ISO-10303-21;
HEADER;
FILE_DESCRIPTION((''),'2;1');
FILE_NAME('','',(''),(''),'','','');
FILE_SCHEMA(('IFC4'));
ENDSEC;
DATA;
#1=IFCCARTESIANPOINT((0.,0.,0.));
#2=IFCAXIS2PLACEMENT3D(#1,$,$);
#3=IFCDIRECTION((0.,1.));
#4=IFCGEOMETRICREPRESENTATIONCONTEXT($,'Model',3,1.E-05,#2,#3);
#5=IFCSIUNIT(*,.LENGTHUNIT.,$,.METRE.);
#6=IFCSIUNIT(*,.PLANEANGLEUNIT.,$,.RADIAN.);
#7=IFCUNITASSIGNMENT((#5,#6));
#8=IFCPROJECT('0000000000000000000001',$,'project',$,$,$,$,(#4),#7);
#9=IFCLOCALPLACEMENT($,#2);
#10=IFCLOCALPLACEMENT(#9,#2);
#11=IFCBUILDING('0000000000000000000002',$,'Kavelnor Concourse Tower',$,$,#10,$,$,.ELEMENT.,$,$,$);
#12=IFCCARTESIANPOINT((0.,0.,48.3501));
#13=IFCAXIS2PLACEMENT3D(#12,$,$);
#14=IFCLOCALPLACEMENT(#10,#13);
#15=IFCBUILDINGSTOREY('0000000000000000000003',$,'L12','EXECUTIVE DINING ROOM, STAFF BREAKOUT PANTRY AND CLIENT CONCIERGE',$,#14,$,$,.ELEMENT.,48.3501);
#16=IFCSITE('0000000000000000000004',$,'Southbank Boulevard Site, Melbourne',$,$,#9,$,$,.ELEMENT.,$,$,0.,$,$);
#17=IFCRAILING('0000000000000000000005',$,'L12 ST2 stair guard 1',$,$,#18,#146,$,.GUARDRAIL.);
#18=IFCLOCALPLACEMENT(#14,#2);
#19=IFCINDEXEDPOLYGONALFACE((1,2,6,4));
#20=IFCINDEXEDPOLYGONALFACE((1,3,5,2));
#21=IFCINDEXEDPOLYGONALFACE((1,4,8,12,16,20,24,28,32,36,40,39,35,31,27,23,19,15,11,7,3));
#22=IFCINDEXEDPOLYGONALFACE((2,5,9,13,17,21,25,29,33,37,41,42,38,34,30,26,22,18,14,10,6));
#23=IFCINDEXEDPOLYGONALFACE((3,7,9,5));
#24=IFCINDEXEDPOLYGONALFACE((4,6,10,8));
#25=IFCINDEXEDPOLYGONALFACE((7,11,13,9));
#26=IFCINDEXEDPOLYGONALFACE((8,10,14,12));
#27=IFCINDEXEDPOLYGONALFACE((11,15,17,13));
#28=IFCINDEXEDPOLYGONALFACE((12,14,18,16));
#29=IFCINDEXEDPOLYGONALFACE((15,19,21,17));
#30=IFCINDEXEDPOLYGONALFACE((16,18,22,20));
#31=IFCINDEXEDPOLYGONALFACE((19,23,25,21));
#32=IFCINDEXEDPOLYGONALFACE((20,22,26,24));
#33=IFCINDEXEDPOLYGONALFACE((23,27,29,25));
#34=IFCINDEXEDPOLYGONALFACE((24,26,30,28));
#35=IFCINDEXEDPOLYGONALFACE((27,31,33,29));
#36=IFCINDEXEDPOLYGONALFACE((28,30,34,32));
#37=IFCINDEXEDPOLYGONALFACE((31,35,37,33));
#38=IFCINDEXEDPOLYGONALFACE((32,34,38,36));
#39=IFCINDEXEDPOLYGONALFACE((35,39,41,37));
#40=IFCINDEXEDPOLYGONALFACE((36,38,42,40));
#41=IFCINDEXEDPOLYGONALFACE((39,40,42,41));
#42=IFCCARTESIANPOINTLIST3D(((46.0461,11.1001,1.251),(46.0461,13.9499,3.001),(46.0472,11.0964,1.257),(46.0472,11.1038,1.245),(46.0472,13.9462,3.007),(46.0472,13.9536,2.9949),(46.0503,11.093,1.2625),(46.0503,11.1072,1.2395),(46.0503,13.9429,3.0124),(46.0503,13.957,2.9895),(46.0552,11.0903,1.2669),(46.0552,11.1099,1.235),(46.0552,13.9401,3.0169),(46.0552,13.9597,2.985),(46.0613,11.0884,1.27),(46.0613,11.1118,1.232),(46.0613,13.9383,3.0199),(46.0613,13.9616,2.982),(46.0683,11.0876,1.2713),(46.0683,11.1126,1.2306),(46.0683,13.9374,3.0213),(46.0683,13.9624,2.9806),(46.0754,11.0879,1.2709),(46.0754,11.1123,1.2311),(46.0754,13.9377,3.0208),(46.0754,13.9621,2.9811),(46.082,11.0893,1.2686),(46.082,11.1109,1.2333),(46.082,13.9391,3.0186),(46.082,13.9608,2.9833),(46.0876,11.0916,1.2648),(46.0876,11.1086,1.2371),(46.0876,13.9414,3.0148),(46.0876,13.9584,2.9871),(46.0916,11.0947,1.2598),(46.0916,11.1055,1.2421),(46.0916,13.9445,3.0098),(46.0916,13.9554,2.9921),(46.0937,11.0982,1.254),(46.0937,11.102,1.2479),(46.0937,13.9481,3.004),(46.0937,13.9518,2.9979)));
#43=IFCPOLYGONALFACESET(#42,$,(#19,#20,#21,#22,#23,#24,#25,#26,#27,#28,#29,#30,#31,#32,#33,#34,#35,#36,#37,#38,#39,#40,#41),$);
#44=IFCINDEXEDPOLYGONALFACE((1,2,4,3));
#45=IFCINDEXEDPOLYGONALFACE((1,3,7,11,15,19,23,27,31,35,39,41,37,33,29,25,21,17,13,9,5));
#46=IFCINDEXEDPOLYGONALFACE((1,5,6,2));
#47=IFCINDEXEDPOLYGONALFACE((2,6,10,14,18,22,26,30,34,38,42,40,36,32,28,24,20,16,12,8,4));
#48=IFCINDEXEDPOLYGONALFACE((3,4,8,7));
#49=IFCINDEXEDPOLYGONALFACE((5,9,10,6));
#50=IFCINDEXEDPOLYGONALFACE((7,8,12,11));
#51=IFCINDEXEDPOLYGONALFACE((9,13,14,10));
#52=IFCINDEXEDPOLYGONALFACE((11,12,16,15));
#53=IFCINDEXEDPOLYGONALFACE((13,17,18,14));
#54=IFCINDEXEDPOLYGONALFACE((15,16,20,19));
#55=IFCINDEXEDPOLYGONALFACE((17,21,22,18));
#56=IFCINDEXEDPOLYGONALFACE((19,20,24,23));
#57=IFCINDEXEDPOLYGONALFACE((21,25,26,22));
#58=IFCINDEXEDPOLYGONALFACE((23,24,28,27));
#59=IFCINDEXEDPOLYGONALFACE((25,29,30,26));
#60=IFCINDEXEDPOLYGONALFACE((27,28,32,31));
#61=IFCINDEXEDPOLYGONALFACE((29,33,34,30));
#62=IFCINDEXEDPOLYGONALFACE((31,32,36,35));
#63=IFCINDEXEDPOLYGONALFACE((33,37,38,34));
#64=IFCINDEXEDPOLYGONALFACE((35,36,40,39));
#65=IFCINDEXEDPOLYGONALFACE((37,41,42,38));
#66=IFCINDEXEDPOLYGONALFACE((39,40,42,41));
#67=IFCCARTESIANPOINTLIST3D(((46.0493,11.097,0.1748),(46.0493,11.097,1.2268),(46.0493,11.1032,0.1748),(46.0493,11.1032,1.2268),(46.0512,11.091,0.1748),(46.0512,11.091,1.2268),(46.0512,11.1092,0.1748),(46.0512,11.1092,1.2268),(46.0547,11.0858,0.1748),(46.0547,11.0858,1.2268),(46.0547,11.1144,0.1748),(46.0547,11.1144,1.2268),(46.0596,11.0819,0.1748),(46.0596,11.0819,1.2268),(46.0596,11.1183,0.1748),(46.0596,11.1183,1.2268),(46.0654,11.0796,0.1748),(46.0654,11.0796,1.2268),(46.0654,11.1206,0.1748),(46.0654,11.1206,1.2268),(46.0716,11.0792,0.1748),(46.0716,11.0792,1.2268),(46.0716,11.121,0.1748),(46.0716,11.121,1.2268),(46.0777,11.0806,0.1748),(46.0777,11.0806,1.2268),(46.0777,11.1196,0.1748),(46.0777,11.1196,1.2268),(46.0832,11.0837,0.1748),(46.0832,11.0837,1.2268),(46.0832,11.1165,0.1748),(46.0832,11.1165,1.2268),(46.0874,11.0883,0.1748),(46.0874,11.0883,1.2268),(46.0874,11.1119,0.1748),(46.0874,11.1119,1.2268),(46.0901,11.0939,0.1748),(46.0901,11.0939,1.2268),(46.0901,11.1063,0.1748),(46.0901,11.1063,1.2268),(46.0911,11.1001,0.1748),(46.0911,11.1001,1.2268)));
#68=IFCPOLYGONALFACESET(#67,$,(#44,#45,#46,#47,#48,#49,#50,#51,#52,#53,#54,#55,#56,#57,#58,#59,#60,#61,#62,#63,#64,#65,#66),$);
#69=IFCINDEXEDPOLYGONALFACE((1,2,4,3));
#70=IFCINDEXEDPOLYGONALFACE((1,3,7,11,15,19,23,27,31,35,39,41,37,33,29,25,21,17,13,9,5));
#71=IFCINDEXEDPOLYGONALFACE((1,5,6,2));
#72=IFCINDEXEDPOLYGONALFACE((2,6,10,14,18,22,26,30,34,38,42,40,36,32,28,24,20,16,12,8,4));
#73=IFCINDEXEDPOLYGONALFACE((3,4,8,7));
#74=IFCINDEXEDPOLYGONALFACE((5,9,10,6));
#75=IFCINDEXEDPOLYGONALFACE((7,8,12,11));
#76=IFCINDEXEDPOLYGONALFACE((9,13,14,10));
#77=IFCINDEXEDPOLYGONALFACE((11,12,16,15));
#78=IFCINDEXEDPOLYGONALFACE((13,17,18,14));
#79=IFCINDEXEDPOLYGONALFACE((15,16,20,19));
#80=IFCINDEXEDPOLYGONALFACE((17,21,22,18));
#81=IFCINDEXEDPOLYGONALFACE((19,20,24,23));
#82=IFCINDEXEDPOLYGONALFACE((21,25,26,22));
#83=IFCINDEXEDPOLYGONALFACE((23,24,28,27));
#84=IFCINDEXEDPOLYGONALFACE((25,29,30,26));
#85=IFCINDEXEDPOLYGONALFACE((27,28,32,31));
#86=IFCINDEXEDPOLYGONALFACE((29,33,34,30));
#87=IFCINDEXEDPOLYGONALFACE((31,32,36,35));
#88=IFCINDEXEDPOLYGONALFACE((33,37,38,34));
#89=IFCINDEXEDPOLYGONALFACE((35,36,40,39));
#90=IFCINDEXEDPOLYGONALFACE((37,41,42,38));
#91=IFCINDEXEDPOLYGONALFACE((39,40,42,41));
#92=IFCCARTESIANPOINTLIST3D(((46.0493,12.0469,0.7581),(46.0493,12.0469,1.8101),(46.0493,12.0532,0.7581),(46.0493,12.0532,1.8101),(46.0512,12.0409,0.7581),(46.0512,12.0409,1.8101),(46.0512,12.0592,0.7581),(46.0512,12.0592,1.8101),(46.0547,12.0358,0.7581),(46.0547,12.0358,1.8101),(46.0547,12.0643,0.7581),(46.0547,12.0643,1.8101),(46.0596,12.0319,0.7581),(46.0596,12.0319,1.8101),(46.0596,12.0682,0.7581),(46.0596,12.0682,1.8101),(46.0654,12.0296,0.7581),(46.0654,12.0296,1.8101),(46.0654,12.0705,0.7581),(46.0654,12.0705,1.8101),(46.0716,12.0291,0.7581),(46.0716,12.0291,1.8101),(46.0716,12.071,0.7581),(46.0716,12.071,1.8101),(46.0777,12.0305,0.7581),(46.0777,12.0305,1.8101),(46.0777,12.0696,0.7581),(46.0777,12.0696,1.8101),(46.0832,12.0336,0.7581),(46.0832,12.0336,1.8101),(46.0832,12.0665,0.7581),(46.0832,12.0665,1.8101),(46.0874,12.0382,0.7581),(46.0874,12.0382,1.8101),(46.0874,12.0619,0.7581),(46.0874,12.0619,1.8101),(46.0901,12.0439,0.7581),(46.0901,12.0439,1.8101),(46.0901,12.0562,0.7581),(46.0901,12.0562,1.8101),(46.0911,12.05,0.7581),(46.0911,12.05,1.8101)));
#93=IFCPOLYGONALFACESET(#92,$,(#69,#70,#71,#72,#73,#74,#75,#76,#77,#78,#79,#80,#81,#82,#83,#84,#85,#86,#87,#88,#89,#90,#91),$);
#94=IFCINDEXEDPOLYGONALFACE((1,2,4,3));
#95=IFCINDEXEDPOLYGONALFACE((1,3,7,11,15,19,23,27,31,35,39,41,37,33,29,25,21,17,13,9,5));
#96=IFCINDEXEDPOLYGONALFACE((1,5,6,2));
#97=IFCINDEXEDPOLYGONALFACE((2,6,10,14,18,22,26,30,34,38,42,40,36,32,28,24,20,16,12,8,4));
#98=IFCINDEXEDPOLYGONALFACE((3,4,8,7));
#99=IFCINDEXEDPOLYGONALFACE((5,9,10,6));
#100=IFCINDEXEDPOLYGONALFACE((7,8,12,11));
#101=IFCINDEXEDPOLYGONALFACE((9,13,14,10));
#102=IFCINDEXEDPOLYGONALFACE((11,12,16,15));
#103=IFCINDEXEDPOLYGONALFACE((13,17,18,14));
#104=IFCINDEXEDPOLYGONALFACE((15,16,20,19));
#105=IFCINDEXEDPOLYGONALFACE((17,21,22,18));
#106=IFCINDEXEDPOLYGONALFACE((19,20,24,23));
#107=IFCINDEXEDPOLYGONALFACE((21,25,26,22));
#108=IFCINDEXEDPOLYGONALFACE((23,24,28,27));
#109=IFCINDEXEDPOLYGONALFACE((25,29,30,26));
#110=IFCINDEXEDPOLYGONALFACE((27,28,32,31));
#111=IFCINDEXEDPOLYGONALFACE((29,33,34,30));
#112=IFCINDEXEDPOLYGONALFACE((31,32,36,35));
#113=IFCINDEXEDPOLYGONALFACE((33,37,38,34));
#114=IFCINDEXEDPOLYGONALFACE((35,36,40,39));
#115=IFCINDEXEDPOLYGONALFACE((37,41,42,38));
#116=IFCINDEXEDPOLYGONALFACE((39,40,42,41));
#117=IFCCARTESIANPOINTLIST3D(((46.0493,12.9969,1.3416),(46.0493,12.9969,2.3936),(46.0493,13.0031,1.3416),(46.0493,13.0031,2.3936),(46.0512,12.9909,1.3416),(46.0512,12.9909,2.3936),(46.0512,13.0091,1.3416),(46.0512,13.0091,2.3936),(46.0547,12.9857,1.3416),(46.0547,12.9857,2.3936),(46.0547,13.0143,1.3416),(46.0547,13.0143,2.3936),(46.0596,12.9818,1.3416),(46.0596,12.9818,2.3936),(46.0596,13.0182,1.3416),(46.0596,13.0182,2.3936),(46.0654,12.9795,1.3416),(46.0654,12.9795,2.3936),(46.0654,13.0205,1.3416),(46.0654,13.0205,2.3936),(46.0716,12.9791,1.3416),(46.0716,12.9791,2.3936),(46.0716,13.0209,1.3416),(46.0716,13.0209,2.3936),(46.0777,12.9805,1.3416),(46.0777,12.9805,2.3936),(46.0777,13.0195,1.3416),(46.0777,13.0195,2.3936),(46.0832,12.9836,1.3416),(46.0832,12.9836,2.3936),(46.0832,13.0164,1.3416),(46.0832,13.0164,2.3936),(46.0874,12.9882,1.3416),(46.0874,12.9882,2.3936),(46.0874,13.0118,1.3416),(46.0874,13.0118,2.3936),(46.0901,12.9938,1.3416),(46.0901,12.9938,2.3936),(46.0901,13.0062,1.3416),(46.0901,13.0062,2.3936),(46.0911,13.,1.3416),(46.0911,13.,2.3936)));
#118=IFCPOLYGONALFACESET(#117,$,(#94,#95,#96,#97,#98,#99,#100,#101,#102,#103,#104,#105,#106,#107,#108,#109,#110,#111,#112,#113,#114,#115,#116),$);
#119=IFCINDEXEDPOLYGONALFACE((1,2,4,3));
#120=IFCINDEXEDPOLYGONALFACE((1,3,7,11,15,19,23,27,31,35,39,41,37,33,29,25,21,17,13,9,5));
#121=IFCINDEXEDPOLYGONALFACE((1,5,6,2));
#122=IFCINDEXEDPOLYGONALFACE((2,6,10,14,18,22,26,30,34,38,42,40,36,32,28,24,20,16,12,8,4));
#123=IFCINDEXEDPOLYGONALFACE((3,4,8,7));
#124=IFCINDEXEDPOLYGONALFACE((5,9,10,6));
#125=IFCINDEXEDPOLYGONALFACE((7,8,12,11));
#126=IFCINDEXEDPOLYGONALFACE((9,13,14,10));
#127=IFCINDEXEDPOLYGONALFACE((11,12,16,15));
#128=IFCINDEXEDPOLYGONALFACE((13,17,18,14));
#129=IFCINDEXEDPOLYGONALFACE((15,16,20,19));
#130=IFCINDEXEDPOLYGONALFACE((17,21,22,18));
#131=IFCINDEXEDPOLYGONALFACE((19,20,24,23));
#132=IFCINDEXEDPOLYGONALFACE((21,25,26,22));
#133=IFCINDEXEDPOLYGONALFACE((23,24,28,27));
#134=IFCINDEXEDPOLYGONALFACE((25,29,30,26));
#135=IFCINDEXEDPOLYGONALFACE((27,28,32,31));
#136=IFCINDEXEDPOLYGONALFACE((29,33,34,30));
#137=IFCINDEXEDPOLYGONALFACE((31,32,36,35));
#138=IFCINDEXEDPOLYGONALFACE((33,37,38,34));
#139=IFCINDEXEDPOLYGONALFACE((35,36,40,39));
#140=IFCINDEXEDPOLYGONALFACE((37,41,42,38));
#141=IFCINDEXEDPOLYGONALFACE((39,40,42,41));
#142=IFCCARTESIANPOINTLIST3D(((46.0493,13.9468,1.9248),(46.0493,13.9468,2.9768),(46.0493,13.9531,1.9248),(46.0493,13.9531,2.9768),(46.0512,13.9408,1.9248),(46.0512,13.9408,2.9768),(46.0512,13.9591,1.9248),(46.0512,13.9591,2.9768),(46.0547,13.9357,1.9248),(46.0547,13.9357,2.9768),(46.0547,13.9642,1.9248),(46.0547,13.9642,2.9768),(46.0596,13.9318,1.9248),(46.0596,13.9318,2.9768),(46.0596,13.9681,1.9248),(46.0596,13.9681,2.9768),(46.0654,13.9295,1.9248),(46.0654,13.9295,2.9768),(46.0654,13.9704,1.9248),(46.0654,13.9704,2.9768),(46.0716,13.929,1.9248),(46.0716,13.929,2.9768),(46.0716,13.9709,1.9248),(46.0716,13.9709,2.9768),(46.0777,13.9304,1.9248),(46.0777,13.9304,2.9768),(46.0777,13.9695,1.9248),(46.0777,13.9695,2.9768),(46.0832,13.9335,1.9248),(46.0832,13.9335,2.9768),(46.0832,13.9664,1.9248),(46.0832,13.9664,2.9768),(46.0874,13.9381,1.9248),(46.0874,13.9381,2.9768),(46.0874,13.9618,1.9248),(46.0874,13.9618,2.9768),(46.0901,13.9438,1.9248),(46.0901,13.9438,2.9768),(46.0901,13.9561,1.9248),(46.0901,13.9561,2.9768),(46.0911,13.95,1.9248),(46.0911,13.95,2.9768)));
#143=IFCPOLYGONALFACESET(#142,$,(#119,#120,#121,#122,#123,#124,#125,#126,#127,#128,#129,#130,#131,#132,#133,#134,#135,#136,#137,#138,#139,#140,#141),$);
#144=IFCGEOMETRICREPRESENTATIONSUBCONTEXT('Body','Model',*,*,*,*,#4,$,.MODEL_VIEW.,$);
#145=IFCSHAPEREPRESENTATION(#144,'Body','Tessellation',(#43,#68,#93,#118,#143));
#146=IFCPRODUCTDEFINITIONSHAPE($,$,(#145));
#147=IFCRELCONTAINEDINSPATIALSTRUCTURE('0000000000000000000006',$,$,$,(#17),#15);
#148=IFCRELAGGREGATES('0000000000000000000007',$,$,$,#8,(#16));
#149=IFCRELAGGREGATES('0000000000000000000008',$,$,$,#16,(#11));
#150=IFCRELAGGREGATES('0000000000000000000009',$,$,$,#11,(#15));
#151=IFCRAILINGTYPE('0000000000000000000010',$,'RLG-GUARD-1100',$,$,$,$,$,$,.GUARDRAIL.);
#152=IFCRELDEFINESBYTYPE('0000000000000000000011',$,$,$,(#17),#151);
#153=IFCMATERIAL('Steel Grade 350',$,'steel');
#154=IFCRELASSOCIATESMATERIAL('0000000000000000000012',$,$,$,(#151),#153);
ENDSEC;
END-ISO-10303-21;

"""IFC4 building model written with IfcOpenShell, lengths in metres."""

from ifc_helpers import new_model, si_unit, direction, frame, origin, origin_2d, place, context, subcontext, project, spatial, circle, extrude, material, type_object, element, save


model = new_model("IFC4")

# Units and contexts
model_context = context("Model", 3, precision=1e-05, world=origin(), true_north=direction((0.0, 1.0)))
body_context = subcontext(model_context, "Body", "Model", "MODEL_VIEW")
ifc_project = project(units=[si_unit("LENGTHUNIT", "METRE"), si_unit("PLANEANGLEUNIT", "RADIAN")], contexts=[model_context])

# Site, building, storey
site_placement = place(None, origin())
site = spatial("IfcSite", under=ifc_project, at=site_placement, Name="Southbank Boulevard Site, Melbourne", CompositionType="ELEMENT", RefElevation=0.0)
building_placement = place(site_placement, origin())
building = spatial("IfcBuilding", under=site, at=building_placement, Name="Kavelnor Concourse Tower", CompositionType="ELEMENT")
storey_placement = place(building_placement, frame((0.0, 0.0, 48.3501)))
storey = spatial("IfcBuildingStorey", under=building, at=storey_placement, Name="L12", Description="EXECUTIVE DINING ROOM, STAFF BREAKOUT PANTRY AND CLIENT CONCIERGE", CompositionType="ELEMENT", Elevation=48.3501)

# Shared definitions
ifc_material_1 = material(Name="Steel Grade 350", Category="steel")

# Railing
railing_type_1 = type_object("IfcRailingType", Name="RLG-GUARD-1100", PredefinedType="GUARDRAIL", material=ifc_material_1)
railing_1_placement = place(storey_placement, frame((46.0701, 11.1001, 0.1748)))
element("IfcRailing", 1, at=railing_1_placement, inside=storey, type_object=railing_type_1, Name="L12 ST2 stair guard 1", PredefinedType="GUARDRAIL", context=body_context, shape_type="SweptSolid", body=[
    extrude(circle(Radius=0.0239, at=origin_2d()), frame((0.0, 0.0, 1.0762), z_axis=(0.0, 0.852159, 0.523283), x_axis=(-1.0, 0.0, 0.0)), (0.0, 0.0, 1.0), 3.3442),
    extrude(circle(Radius=0.021, at=origin_2d()), origin(), (0.0, 0.0, 1.0), 1.052),
    extrude(circle(Radius=0.021, at=origin_2d()), frame((0.0, 0.95, 0.5833)), (0.0, 0.0, 1.0), 1.052),
    extrude(circle(Radius=0.021, at=origin_2d()), frame((0.0, 1.8999, 1.1667)), (0.0, 0.0, 1.0), 1.052),
    extrude(circle(Radius=0.021, at=origin_2d()), frame((0.0, 2.8499, 1.75)), (0.0, 0.0, 1.0), 1.052),
])

save(model, "model.ifc")
